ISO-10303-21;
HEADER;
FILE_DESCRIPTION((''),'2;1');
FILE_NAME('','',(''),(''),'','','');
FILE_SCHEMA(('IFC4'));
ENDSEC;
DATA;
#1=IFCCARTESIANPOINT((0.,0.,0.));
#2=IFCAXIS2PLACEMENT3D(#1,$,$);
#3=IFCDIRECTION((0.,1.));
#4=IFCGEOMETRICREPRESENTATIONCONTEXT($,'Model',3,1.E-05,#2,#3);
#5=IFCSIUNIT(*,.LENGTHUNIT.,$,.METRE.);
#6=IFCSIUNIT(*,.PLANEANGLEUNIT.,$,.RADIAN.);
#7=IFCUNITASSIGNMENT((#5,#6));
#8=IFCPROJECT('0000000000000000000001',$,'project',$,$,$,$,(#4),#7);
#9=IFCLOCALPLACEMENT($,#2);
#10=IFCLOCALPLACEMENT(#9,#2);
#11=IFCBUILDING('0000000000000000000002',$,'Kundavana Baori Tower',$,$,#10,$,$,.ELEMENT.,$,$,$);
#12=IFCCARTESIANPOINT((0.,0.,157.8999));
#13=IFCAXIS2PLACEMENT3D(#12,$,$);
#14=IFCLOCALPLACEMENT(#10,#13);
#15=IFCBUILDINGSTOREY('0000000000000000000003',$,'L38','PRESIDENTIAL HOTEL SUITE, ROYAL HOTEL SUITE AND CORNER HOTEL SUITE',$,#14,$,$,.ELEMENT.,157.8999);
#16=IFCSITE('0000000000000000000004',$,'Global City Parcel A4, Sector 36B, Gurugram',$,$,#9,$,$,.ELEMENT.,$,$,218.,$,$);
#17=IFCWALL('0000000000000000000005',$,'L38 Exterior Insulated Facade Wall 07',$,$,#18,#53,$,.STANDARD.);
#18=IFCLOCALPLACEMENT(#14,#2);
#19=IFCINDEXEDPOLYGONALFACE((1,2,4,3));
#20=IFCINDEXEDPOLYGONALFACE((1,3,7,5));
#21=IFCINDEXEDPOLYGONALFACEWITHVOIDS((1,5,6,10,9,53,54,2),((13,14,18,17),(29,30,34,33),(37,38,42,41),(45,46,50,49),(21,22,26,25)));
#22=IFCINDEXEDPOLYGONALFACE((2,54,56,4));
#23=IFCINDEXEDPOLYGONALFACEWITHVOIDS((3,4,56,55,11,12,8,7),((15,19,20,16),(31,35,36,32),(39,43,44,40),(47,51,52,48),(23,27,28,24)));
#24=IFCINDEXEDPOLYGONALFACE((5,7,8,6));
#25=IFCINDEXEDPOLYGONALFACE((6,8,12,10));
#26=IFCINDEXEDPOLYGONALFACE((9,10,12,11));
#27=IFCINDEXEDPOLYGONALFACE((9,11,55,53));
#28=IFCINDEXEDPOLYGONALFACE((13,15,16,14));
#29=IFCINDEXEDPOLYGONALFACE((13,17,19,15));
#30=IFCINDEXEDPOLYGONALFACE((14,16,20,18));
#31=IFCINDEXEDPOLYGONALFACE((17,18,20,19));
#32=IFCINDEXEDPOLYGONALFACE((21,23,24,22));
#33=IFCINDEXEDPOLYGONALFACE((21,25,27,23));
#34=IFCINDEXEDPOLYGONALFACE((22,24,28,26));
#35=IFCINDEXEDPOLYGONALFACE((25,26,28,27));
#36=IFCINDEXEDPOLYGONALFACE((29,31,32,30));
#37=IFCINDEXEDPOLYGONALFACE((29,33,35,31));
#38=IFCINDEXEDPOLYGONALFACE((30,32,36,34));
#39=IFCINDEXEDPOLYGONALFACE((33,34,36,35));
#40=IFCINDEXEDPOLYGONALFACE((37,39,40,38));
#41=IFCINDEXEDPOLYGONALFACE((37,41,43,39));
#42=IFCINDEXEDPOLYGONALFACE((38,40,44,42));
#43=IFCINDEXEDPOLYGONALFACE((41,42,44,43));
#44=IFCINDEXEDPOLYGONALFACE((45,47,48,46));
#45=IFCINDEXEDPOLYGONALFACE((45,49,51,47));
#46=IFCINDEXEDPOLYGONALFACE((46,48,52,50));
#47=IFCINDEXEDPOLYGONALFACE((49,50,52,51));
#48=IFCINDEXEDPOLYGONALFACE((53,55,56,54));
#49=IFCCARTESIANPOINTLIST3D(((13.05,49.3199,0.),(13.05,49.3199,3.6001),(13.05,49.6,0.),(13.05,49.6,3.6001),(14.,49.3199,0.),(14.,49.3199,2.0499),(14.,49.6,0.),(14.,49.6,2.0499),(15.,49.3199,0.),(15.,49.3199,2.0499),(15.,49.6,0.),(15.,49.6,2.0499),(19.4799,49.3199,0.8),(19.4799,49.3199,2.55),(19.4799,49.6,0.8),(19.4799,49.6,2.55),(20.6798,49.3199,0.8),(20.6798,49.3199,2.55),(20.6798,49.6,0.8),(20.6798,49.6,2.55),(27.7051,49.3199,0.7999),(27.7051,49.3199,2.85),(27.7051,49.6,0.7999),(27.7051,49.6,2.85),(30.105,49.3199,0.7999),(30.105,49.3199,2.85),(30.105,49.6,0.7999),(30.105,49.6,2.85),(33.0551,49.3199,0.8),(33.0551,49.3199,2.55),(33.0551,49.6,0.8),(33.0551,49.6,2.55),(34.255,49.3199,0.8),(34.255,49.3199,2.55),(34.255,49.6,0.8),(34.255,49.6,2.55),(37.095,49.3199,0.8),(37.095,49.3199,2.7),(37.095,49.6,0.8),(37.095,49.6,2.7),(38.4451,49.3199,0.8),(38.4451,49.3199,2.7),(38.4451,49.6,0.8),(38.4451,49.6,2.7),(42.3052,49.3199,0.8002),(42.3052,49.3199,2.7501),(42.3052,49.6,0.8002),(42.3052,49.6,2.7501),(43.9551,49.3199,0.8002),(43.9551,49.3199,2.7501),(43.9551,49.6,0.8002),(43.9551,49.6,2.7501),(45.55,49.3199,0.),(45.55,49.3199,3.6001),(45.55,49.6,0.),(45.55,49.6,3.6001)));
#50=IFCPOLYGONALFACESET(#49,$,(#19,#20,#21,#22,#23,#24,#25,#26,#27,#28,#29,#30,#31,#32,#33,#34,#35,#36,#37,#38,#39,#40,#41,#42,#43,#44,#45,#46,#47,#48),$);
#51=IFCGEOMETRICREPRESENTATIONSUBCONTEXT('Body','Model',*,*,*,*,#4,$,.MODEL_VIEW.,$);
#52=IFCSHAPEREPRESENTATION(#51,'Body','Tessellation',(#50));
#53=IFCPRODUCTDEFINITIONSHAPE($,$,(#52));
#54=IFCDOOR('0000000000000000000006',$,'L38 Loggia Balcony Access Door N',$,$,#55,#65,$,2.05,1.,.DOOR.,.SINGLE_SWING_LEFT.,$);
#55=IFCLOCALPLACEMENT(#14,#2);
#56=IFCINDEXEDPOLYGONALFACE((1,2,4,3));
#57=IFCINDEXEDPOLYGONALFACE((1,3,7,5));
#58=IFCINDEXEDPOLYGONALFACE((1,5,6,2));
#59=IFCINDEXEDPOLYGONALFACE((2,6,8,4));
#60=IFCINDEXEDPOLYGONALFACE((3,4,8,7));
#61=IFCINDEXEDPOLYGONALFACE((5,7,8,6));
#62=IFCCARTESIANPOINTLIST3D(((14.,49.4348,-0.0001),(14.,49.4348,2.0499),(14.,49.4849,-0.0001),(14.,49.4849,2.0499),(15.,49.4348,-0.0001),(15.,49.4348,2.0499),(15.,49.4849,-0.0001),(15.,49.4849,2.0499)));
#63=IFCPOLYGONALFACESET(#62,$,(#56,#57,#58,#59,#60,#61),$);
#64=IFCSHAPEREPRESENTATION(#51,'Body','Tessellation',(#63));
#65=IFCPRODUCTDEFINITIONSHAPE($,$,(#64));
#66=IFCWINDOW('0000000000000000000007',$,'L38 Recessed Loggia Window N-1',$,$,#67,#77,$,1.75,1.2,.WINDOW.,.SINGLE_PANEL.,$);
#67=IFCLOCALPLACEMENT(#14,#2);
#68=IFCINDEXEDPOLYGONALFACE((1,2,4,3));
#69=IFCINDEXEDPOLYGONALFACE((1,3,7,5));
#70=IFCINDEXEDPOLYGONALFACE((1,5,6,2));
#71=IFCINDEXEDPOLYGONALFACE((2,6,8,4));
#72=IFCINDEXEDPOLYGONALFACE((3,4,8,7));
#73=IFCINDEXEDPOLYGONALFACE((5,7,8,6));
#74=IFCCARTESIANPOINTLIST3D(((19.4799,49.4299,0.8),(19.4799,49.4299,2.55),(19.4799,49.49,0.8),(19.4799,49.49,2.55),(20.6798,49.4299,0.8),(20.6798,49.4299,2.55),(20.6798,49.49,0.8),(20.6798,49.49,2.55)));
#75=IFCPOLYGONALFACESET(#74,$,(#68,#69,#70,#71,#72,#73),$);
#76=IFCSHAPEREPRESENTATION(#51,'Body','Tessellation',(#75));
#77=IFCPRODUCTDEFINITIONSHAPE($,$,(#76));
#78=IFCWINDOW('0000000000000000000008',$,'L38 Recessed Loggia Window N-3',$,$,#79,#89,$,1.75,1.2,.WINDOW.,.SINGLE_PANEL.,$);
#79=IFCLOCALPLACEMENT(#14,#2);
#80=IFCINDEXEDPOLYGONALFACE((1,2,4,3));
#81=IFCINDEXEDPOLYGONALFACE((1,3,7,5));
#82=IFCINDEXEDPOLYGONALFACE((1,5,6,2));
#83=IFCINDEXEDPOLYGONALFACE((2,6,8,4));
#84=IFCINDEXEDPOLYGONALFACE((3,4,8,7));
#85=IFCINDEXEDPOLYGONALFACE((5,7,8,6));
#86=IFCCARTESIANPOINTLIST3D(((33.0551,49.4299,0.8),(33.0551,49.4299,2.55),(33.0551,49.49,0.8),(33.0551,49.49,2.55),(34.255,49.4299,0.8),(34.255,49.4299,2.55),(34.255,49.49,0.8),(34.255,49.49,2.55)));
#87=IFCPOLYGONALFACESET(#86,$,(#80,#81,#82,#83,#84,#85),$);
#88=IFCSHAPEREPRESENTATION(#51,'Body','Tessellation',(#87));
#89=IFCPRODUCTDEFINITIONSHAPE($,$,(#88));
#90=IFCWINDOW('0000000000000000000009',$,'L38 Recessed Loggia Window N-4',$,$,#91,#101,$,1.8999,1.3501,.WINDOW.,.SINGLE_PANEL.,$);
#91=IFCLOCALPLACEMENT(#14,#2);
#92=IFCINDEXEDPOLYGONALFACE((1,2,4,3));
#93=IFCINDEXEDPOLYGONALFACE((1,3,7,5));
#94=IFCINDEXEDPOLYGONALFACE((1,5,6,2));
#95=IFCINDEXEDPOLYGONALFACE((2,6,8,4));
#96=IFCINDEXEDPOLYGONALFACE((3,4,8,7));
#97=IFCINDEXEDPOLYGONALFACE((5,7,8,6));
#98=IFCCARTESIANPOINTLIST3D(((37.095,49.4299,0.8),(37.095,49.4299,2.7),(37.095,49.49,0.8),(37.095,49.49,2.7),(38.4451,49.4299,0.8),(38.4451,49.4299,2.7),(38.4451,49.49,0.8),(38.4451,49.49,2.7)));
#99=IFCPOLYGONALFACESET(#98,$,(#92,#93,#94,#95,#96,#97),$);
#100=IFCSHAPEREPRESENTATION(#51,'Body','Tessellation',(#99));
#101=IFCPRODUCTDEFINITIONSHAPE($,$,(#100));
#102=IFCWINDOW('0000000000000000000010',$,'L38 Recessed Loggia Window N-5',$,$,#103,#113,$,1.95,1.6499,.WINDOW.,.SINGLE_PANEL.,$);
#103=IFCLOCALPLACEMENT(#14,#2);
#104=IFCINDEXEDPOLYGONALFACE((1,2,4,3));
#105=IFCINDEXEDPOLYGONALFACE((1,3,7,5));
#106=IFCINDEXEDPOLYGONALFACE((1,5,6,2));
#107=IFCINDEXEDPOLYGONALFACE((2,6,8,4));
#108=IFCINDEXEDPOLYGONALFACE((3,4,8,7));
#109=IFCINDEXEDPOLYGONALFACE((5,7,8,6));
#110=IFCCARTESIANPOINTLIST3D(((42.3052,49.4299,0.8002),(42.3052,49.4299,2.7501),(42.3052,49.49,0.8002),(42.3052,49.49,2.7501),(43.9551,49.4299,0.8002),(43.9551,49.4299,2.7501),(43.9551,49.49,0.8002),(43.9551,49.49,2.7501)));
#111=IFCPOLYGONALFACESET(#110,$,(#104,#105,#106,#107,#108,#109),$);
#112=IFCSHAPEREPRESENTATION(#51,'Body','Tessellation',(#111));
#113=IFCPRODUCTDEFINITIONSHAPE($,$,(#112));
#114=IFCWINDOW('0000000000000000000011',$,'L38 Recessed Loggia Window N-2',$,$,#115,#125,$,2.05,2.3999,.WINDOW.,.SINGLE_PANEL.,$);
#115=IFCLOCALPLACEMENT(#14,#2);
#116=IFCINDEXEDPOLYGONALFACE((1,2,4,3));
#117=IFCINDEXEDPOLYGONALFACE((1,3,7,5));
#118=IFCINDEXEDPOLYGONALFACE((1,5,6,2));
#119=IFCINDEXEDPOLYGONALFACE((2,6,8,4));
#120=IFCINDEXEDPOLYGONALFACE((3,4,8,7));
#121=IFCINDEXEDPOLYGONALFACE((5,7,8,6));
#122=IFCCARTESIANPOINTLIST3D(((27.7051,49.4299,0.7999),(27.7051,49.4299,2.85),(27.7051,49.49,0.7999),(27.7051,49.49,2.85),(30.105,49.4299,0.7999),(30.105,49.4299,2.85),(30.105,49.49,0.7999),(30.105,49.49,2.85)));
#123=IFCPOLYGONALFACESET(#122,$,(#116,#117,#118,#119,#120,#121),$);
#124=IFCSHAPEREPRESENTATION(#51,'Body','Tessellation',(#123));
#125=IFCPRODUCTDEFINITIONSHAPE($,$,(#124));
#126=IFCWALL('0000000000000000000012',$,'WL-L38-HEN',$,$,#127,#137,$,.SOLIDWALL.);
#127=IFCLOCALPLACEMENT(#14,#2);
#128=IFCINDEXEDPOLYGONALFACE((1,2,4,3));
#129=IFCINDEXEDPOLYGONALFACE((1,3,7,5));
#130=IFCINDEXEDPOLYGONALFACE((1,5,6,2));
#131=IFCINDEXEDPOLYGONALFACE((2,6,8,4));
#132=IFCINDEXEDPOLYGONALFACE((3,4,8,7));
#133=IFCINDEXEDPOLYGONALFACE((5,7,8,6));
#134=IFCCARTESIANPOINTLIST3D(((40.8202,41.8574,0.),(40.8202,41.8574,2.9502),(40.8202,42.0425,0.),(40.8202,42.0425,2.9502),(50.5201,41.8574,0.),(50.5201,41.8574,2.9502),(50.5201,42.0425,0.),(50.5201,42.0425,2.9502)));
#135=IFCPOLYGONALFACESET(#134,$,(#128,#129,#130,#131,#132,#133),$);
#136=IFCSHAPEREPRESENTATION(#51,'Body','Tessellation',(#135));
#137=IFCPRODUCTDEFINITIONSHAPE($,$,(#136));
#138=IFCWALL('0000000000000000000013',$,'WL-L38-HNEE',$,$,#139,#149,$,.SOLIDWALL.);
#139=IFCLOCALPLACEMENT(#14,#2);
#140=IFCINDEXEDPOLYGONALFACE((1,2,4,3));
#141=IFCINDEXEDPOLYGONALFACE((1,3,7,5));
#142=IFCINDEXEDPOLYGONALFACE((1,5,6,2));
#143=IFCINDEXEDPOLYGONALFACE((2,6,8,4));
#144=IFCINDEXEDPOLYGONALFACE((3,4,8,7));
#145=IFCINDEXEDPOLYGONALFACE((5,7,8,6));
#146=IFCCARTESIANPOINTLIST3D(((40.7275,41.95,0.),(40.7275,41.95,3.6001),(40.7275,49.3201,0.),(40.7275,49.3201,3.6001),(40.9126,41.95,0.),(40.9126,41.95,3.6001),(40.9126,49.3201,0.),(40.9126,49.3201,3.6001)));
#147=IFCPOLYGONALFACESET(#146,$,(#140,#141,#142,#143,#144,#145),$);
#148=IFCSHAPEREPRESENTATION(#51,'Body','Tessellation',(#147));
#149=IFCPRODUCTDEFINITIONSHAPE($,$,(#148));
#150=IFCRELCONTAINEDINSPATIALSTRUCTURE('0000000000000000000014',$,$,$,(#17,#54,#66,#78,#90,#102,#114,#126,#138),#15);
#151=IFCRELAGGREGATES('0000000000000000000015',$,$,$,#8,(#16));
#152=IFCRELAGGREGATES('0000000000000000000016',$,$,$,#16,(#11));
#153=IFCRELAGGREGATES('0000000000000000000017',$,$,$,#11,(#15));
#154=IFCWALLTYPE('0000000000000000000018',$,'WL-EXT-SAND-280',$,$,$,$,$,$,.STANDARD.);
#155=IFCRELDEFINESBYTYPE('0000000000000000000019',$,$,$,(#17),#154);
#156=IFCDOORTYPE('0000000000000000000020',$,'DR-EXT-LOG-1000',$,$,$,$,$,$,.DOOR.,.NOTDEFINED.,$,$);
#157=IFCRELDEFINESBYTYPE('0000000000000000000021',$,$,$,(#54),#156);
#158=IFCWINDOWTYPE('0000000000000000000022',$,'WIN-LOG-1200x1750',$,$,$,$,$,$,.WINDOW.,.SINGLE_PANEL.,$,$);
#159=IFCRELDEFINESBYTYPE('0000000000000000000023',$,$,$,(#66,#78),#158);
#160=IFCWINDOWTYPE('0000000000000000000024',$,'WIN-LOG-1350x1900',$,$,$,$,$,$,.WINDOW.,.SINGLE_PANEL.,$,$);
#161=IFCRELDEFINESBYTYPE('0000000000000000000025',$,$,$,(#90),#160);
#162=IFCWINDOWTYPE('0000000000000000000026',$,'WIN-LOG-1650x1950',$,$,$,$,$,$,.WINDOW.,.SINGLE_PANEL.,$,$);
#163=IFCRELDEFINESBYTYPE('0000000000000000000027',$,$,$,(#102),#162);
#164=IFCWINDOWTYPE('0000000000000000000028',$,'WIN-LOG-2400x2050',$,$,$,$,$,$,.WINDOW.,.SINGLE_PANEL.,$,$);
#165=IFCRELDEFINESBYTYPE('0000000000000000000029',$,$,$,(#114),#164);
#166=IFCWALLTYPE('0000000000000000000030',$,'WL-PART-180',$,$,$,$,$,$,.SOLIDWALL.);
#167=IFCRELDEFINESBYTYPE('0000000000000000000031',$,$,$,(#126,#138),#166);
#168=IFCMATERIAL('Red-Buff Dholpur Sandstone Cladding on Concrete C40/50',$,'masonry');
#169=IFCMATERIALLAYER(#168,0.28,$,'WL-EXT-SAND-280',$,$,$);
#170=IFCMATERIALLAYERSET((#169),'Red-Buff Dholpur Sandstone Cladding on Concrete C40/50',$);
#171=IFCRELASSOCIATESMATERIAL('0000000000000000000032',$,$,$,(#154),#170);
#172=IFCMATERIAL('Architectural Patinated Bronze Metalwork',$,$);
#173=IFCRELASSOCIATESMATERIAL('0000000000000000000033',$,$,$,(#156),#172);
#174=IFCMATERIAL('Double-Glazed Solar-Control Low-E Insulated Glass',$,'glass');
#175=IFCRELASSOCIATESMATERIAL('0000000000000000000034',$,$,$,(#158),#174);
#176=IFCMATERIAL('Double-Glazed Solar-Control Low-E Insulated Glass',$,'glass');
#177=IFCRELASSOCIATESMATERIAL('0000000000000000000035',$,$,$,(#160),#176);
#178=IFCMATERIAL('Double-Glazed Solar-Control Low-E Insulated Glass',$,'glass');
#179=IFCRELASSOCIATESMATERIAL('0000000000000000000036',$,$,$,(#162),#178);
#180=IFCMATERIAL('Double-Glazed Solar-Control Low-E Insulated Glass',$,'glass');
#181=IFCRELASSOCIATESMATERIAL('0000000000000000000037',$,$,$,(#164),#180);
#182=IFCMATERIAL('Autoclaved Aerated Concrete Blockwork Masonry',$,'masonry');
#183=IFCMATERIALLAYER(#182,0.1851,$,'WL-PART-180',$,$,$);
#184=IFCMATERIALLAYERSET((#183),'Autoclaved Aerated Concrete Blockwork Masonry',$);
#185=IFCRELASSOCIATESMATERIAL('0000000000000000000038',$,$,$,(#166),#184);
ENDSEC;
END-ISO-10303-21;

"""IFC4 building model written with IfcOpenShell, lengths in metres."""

from ifc_helpers import new_model, si_unit, direction, frame, frame_2d, origin, place, context, subcontext, project, spatial, rectangle, extrude, material, layer, layer_set, type_object, element, fill, save


model = new_model("IFC4")

# Units and contexts
model_context = context("Model", 3, precision=1e-05, world=origin(), true_north=direction((0.0, 1.0)))
body_context = subcontext(model_context, "Body", "Model", "MODEL_VIEW")
ifc_project = project(units=[si_unit("LENGTHUNIT", "METRE"), si_unit("PLANEANGLEUNIT", "RADIAN")], contexts=[model_context])

# Site, building, storey
site_placement = place(None, origin())
site = spatial("IfcSite", under=ifc_project, at=site_placement, Name="Global City Parcel A4, Sector 36B, Gurugram", CompositionType="ELEMENT", RefElevation=218.0)
building_placement = place(site_placement, origin())
building = spatial("IfcBuilding", under=site, at=building_placement, Name="Kundavana Baori Tower", CompositionType="ELEMENT")
storey_placement = place(building_placement, frame((0.0, 0.0, 157.8999)))
storey = spatial("IfcBuildingStorey", under=building, at=storey_placement, Name="L38", Description="PRESIDENTIAL HOTEL SUITE, ROYAL HOTEL SUITE AND CORNER HOTEL SUITE", CompositionType="ELEMENT", Elevation=157.8999)

# Shared definitions
ifc_material_1 = material(Name="Red-Buff Dholpur Sandstone Cladding on Concrete C40/50", Category="masonry")
ifc_layer_1 = layer(ifc_material_1, 0.28, Name="WL-EXT-SAND-280")
ifc_layer_set_1 = layer_set([ifc_layer_1], Name="Red-Buff Dholpur Sandstone Cladding on Concrete C40/50")
wall_type_1 = type_object("IfcWallType", Name="WL-EXT-SAND-280", PredefinedType="STANDARD", material=ifc_layer_set_1)

# Wall, openings, door, windows
wall_1_placement = place(storey_placement, frame((45.55, 49.46, 0.0), z_axis=(0.0, 0.0, 1.0), x_axis=(-1.0, 0.0, 0.0)))
wall_1 = element("IfcWall", 1, at=wall_1_placement, inside=storey, type_object=wall_type_1, Name="L38 Exterior Insulated Facade Wall 07", PredefinedType="STANDARD", context=body_context, shape_type="SweptSolid", body=[
    extrude(rectangle(XDim=32.5, YDim=0.28, at=frame_2d((16.25, 0.0))), origin(), (0.0, 0.0, 1.0), 3.6001),
])
opening_1_placement = place(wall_1_placement, frame((30.55, 0.0, 0.0)))
opening_1 = element("IfcOpeningElement", 2, at=opening_1_placement, cuts=wall_1, PredefinedType="OPENING", context=body_context, shape_type="SweptSolid", body=[
    extrude(rectangle(XDim=1.0, YDim=2.05, at=frame_2d((0.5, 1.0249))), frame((0.0, 0.1499, 0.0), z_axis=(0.0, -1.0, 0.0), x_axis=(1.0, 0.0, 0.0)), (0.0, 0.0, 1.0), 0.3),
])
opening_2_placement = place(wall_1_placement, frame((24.8701, 0.0, 0.8)))
opening_2 = element("IfcOpeningElement", 3, at=opening_2_placement, cuts=wall_1, PredefinedType="OPENING", context=body_context, shape_type="SweptSolid", body=[
    extrude(rectangle(XDim=1.2, YDim=1.75, at=frame_2d((0.6001, 0.875))), frame((0.0, 0.1499, 0.0), z_axis=(0.0, -1.0, 0.0), x_axis=(1.0, 0.0, 0.0)), (0.0, 0.0, 1.0), 0.3),
])
opening_3_placement = place(wall_1_placement, frame((15.4451, 0.0, 0.8)))
opening_3 = element("IfcOpeningElement", 4, at=opening_3_placement, cuts=wall_1, PredefinedType="OPENING", context=body_context, shape_type="SweptSolid", body=[
    extrude(rectangle(XDim=2.3999, YDim=2.05, at=frame_2d((1.2, 1.0249))), frame((0.0, 0.1499, 0.0), z_axis=(0.0, -1.0, 0.0), x_axis=(1.0, 0.0, 0.0)), (0.0, 0.0, 1.0), 0.3),
])
opening_4_placement = place(wall_1_placement, frame((11.2949, 0.0, 0.8)))
opening_4 = element("IfcOpeningElement", 5, at=opening_4_placement, cuts=wall_1, PredefinedType="OPENING", context=body_context, shape_type="SweptSolid", body=[
    extrude(rectangle(XDim=1.2, YDim=1.75, at=frame_2d((0.6001, 0.875))), frame((0.0, 0.1499, 0.0), z_axis=(0.0, -1.0, 0.0), x_axis=(1.0, 0.0, 0.0)), (0.0, 0.0, 1.0), 0.3),
])
opening_5_placement = place(wall_1_placement, frame((7.105, 0.0, 0.8)))
opening_5 = element("IfcOpeningElement", 6, at=opening_5_placement, cuts=wall_1, PredefinedType="OPENING", context=body_context, shape_type="SweptSolid", body=[
    extrude(rectangle(XDim=1.3501, YDim=1.8999, at=frame_2d((0.675, 0.95))), frame((0.0, 0.1499, 0.0), z_axis=(0.0, -1.0, 0.0), x_axis=(1.0, 0.0, 0.0)), (0.0, 0.0, 1.0), 0.3),
])
opening_6_placement = place(wall_1_placement, frame((1.595, 0.0, 0.8)))
opening_6 = element("IfcOpeningElement", 7, at=opening_6_placement, cuts=wall_1, PredefinedType="OPENING", context=body_context, shape_type="SweptSolid", body=[
    extrude(rectangle(XDim=1.6499, YDim=1.95, at=frame_2d((0.825, 0.9751))), frame((0.0, 0.1499, 0.0), z_axis=(0.0, -1.0, 0.0), x_axis=(1.0, 0.0, 0.0)), (0.0, 0.0, 1.0), 0.3),
])
ifc_material_2 = material(Name="Architectural Patinated Bronze Metalwork")
door_type_1 = type_object("IfcDoorType", Name="DR-EXT-LOG-1000", OperationType="NOTDEFINED", PredefinedType="DOOR", material=ifc_material_2)
door_1_placement = place(opening_1_placement, frame((1.0, 0.0, 0.0), z_axis=(0.0, 0.0, 1.0), x_axis=(-1.0, 0.0, 0.0)))
door_1 = element("IfcDoor", 8, at=door_1_placement, inside=storey, type_object=door_type_1, Name="L38 Loggia Balcony Access Door N", OperationType="SINGLE_SWING_LEFT", OverallHeight=2.05, OverallWidth=1.0, PredefinedType="DOOR", context=body_context, shape_type="SweptSolid", body=[
    extrude(rectangle(XDim=1.0, YDim=2.05, at=frame_2d((0.5, 1.0249))), frame((0.0, 0.0249, 0.0), z_axis=(0.0, -1.0, 0.0), x_axis=(1.0, 0.0, 0.0)), (0.0, 0.0, 1.0), 0.05),
])
fill(opening_1, door_1)
ifc_material_3 = material(Name="Double-Glazed Solar-Control Low-E Insulated Glass", Category="glass")
window_type_1 = type_object("IfcWindowType", Name="WIN-LOG-1200x1750", PartitioningType="SINGLE_PANEL", PredefinedType="WINDOW", material=ifc_material_3)
window_1_placement = place(opening_2_placement, origin())
window_1 = element("IfcWindow", 9, at=window_1_placement, inside=storey, type_object=window_type_1, Name="L38 Recessed Loggia Window N-1", OverallHeight=1.75, OverallWidth=1.2, PartitioningType="SINGLE_PANEL", PredefinedType="WINDOW", context=body_context, shape_type="SweptSolid", body=[
    extrude(rectangle(XDim=1.2, YDim=1.75, at=frame_2d((0.6001, 0.875))), frame((0.0, 0.03, 0.0), z_axis=(0.0, -1.0, 0.0), x_axis=(1.0, 0.0, 0.0)), (0.0, 0.0, 1.0), 0.0601),
])
fill(opening_2, window_1)
window_2_placement = place(opening_4_placement, origin())
window_2 = element("IfcWindow", 10, at=window_2_placement, inside=storey, type_object=window_type_1, Name="L38 Recessed Loggia Window N-3", OverallHeight=1.75, OverallWidth=1.2, PartitioningType="SINGLE_PANEL", PredefinedType="WINDOW", context=body_context, shape_type="SweptSolid", body=[
    extrude(rectangle(XDim=1.2, YDim=1.75, at=frame_2d((0.6001, 0.875))), frame((0.0, 0.03, 0.0), z_axis=(0.0, -1.0, 0.0), x_axis=(1.0, 0.0, 0.0)), (0.0, 0.0, 1.0), 0.0601),
])
fill(opening_4, window_2)
ifc_material_4 = material(Name="Double-Glazed Solar-Control Low-E Insulated Glass", Category="glass")
window_type_2 = type_object("IfcWindowType", Name="WIN-LOG-1350x1900", PartitioningType="SINGLE_PANEL", PredefinedType="WINDOW", material=ifc_material_4)
window_3_placement = place(opening_5_placement, origin())
window_3 = element("IfcWindow", 11, at=window_3_placement, inside=storey, type_object=window_type_2, Name="L38 Recessed Loggia Window N-4", OverallHeight=1.8999, OverallWidth=1.3501, PartitioningType="SINGLE_PANEL", PredefinedType="WINDOW", context=body_context, shape_type="SweptSolid", body=[
    extrude(rectangle(XDim=1.3501, YDim=1.8999, at=frame_2d((0.675, 0.95))), frame((0.0, 0.03, 0.0), z_axis=(0.0, -1.0, 0.0), x_axis=(1.0, 0.0, 0.0)), (0.0, 0.0, 1.0), 0.0601),
])
fill(opening_5, window_3)
ifc_material_5 = material(Name="Double-Glazed Solar-Control Low-E Insulated Glass", Category="glass")
window_type_3 = type_object("IfcWindowType", Name="WIN-LOG-1650x1950", PartitioningType="SINGLE_PANEL", PredefinedType="WINDOW", material=ifc_material_5)
window_4_placement = place(opening_6_placement, origin())
window_4 = element("IfcWindow", 12, at=window_4_placement, inside=storey, type_object=window_type_3, Name="L38 Recessed Loggia Window N-5", OverallHeight=1.95, OverallWidth=1.6499, PartitioningType="SINGLE_PANEL", PredefinedType="WINDOW", context=body_context, shape_type="SweptSolid", body=[
    extrude(rectangle(XDim=1.6499, YDim=1.95, at=frame_2d((0.825, 0.9751))), frame((0.0, 0.03, 0.0), z_axis=(0.0, -1.0, 0.0), x_axis=(1.0, 0.0, 0.0)), (0.0, 0.0, 1.0), 0.0601),
])
fill(opening_6, window_4)
ifc_material_6 = material(Name="Double-Glazed Solar-Control Low-E Insulated Glass", Category="glass")
window_type_4 = type_object("IfcWindowType", Name="WIN-LOG-2400x2050", PartitioningType="SINGLE_PANEL", PredefinedType="WINDOW", material=ifc_material_6)
window_5_placement = place(opening_3_placement, origin())
window_5 = element("IfcWindow", 13, at=window_5_placement, inside=storey, type_object=window_type_4, Name="L38 Recessed Loggia Window N-2", OverallHeight=2.05, OverallWidth=2.3999, PartitioningType="SINGLE_PANEL", PredefinedType="WINDOW", context=body_context, shape_type="SweptSolid", body=[
    extrude(rectangle(XDim=2.3999, YDim=2.05, at=frame_2d((1.2, 1.0249))), frame((0.0, 0.03, 0.0), z_axis=(0.0, -1.0, 0.0), x_axis=(1.0, 0.0, 0.0)), (0.0, 0.0, 1.0), 0.0601),
])
fill(opening_3, window_5)

# Walls
ifc_material_7 = material(Name="Autoclaved Aerated Concrete Blockwork Masonry", Category="masonry")
ifc_layer_2 = layer(ifc_material_7, 0.1851, Name="WL-PART-180")
ifc_layer_set_2 = layer_set([ifc_layer_2], Name="Autoclaved Aerated Concrete Blockwork Masonry")
wall_type_2 = type_object("IfcWallType", Name="WL-PART-180", PredefinedType="SOLIDWALL", material=ifc_layer_set_2)
wall_2_placement = place(storey_placement, frame((40.8201, 41.95, 0.0), z_axis=(0.0, 0.0, 1.0), x_axis=(1.0, 0.0, 0.0)))
element("IfcWall", 14, at=wall_2_placement, inside=storey, type_object=wall_type_2, Name="WL-L38-HEN", PredefinedType="SOLIDWALL", context=body_context, shape_type="SweptSolid", body=[
    extrude(rectangle(XDim=9.7, YDim=0.1851, at=frame_2d((4.8501, 0.0))), origin(), (0.0, 0.0, 1.0), 2.9502),
])
wall_3_placement = place(storey_placement, frame((40.8201, 41.95, 0.0), z_axis=(0.0, 0.0, 1.0), x_axis=(0.0, 1.0, 0.0)))
element("IfcWall", 15, at=wall_3_placement, inside=storey, type_object=wall_type_2, Name="WL-L38-HNEE", PredefinedType="SOLIDWALL", context=body_context, shape_type="SweptSolid", body=[
    extrude(rectangle(XDim=7.3701, YDim=0.1851, at=frame_2d((3.6851, 0.0))), origin(), (0.0, 0.0, 1.0), 3.6001),
])

save(model, "model.ifc")
